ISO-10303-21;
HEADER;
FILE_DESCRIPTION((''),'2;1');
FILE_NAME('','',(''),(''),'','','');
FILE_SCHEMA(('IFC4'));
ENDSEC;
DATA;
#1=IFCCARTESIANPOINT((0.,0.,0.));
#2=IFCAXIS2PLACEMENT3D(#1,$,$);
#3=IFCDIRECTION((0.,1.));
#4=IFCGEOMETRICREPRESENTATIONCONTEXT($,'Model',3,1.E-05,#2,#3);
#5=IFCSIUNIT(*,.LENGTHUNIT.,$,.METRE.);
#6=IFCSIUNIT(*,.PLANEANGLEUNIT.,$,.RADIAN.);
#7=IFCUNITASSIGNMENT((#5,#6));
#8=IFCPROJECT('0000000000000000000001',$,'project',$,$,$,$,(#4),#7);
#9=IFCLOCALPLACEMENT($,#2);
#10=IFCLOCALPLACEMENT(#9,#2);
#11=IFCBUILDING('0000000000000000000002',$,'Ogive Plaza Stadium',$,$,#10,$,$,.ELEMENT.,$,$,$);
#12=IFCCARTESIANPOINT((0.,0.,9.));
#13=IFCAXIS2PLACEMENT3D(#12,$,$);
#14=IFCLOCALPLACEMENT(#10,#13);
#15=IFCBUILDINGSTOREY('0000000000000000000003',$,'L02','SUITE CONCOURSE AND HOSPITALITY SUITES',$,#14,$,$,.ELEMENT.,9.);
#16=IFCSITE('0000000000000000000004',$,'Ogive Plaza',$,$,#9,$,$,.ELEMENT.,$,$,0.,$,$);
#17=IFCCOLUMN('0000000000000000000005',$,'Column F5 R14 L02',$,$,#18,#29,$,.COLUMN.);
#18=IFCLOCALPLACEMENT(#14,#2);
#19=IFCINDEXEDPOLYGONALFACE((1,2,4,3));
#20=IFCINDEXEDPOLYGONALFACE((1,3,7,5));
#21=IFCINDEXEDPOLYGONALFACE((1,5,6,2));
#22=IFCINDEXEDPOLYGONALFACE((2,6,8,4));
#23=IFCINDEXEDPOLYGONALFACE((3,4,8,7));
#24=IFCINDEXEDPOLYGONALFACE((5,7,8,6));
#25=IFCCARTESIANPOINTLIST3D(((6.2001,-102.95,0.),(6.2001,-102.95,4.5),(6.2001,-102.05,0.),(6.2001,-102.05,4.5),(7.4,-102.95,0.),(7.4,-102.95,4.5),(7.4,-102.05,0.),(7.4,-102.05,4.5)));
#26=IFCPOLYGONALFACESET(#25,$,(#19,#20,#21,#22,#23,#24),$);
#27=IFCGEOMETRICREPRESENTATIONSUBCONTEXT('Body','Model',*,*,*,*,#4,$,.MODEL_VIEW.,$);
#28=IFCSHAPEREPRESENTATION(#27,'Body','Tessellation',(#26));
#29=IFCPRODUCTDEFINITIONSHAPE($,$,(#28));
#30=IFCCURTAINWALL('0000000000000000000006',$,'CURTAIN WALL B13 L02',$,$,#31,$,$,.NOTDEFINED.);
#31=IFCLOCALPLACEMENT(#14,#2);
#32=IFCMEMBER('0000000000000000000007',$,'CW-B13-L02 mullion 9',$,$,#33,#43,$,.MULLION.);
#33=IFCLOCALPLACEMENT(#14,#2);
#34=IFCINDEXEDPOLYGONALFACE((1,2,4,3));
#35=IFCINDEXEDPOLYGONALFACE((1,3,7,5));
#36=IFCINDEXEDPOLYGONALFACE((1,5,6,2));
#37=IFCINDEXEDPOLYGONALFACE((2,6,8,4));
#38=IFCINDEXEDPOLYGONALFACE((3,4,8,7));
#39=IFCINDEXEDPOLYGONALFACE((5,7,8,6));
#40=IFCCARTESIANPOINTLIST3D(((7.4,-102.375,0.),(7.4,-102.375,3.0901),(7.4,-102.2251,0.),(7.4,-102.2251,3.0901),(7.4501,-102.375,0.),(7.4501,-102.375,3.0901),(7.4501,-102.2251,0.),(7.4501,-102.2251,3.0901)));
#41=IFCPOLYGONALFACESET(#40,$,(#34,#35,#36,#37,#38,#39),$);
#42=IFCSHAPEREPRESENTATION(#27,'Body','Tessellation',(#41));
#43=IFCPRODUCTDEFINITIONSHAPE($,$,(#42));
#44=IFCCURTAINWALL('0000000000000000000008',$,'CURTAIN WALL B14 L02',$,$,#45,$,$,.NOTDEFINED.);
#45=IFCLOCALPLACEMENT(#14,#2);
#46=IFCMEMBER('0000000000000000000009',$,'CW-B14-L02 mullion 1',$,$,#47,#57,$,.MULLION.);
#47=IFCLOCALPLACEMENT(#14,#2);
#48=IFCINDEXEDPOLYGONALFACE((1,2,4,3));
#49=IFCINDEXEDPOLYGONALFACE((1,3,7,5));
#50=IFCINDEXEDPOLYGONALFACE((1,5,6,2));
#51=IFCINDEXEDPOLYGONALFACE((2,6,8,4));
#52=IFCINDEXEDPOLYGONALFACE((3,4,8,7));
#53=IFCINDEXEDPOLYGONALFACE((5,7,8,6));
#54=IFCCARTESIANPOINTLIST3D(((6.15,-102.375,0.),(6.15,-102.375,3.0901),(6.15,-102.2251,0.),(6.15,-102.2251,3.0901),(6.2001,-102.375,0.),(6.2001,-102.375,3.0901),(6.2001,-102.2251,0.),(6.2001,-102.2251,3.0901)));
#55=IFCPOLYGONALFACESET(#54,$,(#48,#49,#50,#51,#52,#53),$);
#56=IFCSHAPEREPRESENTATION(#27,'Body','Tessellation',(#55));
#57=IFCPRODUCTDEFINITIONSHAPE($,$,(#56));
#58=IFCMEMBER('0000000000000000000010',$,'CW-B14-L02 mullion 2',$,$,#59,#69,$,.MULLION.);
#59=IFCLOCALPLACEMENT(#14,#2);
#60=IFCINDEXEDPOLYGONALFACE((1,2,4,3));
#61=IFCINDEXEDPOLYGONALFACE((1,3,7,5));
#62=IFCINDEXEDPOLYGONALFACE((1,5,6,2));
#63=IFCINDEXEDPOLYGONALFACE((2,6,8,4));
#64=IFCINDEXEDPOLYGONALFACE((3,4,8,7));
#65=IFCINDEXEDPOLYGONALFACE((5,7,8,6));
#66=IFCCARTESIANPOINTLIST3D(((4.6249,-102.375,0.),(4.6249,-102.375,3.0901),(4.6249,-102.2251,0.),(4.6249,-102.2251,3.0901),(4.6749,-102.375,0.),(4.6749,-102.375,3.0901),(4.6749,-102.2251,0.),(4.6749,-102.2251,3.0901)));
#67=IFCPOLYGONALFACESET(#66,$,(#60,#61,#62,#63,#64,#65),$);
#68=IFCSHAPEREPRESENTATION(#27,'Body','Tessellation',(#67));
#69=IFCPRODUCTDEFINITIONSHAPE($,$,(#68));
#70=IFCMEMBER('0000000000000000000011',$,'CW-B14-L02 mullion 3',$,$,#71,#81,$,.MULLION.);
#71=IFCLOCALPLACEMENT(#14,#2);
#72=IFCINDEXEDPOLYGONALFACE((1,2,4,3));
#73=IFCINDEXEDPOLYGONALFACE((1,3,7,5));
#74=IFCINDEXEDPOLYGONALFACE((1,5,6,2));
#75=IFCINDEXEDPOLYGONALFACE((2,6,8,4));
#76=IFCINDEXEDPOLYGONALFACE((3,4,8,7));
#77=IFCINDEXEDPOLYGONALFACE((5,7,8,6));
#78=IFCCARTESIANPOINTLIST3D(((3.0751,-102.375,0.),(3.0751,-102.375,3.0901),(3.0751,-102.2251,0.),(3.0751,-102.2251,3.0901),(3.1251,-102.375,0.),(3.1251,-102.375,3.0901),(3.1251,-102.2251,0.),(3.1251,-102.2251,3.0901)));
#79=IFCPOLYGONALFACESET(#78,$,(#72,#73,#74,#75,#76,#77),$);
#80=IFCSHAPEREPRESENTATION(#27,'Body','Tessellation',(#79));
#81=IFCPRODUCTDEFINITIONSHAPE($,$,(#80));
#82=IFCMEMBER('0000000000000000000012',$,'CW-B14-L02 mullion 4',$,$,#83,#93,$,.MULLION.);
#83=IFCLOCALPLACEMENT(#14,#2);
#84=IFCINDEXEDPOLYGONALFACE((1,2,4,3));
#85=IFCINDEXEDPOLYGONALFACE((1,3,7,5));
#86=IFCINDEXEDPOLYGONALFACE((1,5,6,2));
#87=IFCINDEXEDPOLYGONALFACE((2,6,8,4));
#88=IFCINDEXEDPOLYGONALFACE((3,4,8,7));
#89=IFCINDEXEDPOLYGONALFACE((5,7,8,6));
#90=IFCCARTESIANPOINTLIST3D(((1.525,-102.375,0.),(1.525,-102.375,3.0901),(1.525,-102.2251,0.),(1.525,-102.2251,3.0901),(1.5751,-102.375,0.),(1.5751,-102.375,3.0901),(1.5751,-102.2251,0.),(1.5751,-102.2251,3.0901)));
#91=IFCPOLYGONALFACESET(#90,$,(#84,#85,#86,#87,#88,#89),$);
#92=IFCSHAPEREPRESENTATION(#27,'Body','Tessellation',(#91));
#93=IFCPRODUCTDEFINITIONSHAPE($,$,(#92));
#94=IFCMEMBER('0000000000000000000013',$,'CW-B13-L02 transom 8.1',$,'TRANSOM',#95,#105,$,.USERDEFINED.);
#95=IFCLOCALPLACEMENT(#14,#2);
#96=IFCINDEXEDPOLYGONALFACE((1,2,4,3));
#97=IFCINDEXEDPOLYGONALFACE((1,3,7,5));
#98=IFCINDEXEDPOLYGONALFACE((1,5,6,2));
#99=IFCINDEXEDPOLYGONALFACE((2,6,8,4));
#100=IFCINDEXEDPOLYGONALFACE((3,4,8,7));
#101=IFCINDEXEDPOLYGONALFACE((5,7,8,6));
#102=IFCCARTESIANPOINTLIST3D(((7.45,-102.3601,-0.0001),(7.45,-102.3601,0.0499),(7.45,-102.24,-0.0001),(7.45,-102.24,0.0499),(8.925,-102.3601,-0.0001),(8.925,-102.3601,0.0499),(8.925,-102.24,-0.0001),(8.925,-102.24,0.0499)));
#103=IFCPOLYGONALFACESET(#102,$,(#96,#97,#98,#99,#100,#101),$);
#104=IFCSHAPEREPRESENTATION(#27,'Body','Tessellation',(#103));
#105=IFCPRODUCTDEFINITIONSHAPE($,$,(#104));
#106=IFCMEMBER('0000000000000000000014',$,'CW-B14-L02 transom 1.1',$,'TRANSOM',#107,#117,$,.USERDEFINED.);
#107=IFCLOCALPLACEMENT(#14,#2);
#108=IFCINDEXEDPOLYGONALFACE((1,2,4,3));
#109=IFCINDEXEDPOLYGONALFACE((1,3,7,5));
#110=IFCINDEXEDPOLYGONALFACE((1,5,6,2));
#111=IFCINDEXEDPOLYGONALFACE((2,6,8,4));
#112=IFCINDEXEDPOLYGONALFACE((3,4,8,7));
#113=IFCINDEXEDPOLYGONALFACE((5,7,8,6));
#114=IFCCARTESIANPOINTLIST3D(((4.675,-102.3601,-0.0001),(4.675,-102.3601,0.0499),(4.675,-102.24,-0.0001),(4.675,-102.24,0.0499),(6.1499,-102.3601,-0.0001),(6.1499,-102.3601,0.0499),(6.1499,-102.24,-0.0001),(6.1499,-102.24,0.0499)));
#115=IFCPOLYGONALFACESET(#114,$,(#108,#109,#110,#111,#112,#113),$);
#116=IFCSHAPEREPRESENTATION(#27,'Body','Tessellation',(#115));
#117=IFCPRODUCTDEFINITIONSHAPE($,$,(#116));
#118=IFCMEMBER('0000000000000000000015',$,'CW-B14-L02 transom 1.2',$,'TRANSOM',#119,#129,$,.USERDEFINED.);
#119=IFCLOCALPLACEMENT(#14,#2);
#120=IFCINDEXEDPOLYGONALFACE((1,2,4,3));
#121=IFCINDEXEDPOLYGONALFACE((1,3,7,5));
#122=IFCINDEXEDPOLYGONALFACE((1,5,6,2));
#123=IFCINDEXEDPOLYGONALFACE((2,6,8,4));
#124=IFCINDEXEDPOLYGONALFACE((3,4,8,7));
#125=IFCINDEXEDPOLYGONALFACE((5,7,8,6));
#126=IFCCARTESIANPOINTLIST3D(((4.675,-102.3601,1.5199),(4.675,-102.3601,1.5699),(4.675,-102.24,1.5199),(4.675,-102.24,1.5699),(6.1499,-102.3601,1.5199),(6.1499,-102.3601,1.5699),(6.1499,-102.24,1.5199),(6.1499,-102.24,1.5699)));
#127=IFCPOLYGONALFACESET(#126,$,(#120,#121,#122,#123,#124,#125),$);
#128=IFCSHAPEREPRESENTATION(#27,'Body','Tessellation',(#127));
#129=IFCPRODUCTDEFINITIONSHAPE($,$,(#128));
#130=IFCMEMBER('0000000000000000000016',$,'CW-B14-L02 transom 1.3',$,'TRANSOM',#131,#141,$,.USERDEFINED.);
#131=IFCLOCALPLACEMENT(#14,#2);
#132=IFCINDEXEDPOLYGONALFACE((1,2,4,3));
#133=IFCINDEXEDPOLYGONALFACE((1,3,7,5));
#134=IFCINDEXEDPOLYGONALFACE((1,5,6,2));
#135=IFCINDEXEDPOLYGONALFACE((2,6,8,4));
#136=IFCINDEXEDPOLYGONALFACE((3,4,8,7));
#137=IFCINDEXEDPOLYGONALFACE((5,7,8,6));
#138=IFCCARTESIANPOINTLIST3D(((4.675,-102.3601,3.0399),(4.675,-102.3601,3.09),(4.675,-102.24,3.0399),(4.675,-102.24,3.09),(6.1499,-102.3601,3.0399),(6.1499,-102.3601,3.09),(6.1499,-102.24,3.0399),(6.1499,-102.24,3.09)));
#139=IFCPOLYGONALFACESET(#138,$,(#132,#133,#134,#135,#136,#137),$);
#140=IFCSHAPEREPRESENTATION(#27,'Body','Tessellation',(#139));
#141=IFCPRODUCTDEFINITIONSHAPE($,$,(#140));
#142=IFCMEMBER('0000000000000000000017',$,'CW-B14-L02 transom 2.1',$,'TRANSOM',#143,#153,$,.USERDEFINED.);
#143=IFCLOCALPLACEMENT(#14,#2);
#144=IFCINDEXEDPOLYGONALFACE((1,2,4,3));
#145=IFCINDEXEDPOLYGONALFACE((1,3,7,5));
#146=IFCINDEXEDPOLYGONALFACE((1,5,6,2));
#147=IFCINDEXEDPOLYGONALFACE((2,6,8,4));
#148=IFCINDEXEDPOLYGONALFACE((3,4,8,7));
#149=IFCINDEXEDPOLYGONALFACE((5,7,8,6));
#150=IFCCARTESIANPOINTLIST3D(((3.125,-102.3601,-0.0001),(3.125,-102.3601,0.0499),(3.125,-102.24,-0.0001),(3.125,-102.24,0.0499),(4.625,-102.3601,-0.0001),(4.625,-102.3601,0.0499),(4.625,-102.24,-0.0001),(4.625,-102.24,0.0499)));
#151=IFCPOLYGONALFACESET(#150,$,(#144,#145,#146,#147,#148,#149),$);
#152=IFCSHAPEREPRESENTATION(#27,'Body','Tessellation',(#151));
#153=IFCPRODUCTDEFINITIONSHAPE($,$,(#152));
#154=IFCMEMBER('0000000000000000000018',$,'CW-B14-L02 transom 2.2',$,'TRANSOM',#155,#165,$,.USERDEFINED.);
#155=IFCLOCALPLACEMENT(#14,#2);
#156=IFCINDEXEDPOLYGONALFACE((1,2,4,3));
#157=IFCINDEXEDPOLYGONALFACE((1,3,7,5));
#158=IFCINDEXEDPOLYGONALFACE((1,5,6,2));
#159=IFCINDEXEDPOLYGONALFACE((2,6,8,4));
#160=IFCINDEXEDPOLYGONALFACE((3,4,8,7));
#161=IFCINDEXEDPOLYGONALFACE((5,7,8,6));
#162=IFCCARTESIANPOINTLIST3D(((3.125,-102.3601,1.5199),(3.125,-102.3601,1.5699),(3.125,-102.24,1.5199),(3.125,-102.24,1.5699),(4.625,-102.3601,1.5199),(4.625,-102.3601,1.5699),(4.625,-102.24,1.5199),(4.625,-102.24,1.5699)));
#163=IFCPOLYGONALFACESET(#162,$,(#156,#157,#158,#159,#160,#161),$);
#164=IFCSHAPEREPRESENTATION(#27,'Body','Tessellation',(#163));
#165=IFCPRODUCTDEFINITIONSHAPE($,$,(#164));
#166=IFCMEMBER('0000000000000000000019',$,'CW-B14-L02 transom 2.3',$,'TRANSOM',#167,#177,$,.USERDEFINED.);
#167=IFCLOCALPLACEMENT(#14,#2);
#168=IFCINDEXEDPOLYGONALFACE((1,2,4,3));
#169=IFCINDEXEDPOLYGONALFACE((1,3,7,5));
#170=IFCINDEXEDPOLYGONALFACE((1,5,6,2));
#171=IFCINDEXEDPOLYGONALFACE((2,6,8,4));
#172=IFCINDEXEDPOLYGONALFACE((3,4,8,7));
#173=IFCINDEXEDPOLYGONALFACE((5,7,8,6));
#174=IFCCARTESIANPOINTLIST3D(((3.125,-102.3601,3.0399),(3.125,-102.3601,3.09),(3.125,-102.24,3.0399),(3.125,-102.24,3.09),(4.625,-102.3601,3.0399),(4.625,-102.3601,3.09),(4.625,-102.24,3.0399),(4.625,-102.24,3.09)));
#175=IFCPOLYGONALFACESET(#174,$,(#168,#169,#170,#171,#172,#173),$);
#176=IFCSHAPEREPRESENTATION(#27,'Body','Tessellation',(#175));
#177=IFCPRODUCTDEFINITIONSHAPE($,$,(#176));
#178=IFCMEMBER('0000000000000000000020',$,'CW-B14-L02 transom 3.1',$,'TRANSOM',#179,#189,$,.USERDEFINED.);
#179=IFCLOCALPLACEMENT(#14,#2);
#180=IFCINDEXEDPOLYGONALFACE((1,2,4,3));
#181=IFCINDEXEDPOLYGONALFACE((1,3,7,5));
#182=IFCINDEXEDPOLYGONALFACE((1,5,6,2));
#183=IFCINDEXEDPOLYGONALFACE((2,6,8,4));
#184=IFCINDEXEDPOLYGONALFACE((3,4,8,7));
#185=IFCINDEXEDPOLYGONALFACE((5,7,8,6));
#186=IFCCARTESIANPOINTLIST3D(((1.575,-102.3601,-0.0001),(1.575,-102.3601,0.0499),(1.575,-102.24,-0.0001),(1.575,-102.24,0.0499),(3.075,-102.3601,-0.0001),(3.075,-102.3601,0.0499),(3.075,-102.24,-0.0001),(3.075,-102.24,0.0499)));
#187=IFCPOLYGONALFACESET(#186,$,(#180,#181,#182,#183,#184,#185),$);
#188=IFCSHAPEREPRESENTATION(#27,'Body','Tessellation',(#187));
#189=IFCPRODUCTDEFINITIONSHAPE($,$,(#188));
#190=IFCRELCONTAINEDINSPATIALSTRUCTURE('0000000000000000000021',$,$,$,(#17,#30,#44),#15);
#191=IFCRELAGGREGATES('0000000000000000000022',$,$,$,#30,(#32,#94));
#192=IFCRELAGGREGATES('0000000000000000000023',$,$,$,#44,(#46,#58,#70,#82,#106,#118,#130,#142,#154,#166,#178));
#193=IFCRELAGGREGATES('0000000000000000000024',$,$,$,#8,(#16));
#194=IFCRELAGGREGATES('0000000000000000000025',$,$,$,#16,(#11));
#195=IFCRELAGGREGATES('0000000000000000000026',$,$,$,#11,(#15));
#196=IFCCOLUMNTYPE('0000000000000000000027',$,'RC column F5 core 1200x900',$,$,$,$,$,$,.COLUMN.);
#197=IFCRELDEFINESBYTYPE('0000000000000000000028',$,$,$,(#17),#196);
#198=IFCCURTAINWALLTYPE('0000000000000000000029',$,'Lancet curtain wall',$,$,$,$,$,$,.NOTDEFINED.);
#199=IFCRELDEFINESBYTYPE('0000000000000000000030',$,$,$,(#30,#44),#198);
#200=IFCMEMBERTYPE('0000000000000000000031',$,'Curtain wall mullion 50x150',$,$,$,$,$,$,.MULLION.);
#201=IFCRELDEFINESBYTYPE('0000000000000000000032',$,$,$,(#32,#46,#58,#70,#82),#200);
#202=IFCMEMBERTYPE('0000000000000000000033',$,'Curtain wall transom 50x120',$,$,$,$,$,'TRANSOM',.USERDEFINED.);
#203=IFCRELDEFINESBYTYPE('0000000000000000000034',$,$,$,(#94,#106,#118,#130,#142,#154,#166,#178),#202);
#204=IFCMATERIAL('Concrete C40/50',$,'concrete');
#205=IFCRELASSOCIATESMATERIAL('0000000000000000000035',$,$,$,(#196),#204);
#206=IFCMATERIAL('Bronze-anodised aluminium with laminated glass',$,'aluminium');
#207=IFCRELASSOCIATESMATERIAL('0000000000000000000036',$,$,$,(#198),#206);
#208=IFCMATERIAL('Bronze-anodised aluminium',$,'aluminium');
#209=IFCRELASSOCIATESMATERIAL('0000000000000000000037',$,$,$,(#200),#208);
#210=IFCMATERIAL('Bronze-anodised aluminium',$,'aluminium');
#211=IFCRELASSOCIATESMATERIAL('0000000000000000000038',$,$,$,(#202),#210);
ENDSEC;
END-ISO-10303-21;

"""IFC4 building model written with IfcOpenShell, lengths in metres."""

from ifc_helpers import new_model, si_unit, direction, frame, origin, origin_2d, place, context, subcontext, project, spatial, rectangle, extrude, material, material_profile, profile_set, type_object, element, aggregate, save


model = new_model("IFC4")

# Units and contexts
model_context = context("Model", 3, precision=1e-05, world=origin(), true_north=direction((0.0, 1.0)))
body_context = subcontext(model_context, "Body", "Model", "MODEL_VIEW")
ifc_project = project(units=[si_unit("LENGTHUNIT", "METRE"), si_unit("PLANEANGLEUNIT", "RADIAN")], contexts=[model_context])

# Site, building, storey
site_placement = place(None, origin())
site = spatial("IfcSite", under=ifc_project, at=site_placement, Name="Ogive Plaza", CompositionType="ELEMENT", RefElevation=0.0)
building_placement = place(site_placement, origin())
building = spatial("IfcBuilding", under=site, at=building_placement, Name="Ogive Plaza Stadium", CompositionType="ELEMENT")
storey_placement = place(building_placement, frame((0.0, 0.0, 9.0)))
storey = spatial("IfcBuildingStorey", under=building, at=storey_placement, Name="L02", Description="SUITE CONCOURSE AND HOSPITALITY SUITES", CompositionType="ELEMENT", Elevation=9.0)

# Column
ifc_material_1 = material(Name="Concrete C40/50", Category="concrete")
ifc_material_profile_1 = material_profile(ifc_material_1, rectangle(XDim=1.2, YDim=0.8999, at=origin_2d()), Name="RC 1200x900")
ifc_profile_set_1 = profile_set([ifc_material_profile_1], Name="Concrete C40/50")
column_type = type_object("IfcColumnType", Name="RC column F5 core 1200x900", PredefinedType="COLUMN", material=ifc_profile_set_1)
column_placement = place(storey_placement, frame((6.8, -102.5, 0.0), z_axis=(0.0, 0.0, 1.0), x_axis=(1.0, 0.0, 0.0)))
element("IfcColumn", 1, at=column_placement, inside=storey, type_object=column_type, Name="Column F5 R14 L02", PredefinedType="COLUMN", context=body_context, shape_type="SweptSolid", body=[
    extrude(rectangle(XDim=1.2, YDim=0.8999, at=origin_2d()), origin(), (0.0, 0.0, 1.0), 4.5),
])

# Curtain wall, member
ifc_material_2 = material(Name="Bronze-anodised aluminium with laminated glass", Category="aluminium")
curtain_wall_type = type_object("IfcCurtainWallType", Name="Lancet curtain wall", PredefinedType="NOTDEFINED", material=ifc_material_2)
curtain_wall_1_placement = place(storey_placement, origin())
curtain_wall_1 = element("IfcCurtainWall", 2, at=curtain_wall_1_placement, inside=storey, type_object=curtain_wall_type, Name="CURTAIN WALL B13 L02", PredefinedType="NOTDEFINED")
ifc_material_3 = material(Name="Bronze-anodised aluminium", Category="aluminium")
ifc_material_profile_2 = material_profile(ifc_material_3, rectangle(XDim=0.1499, YDim=0.05, at=origin_2d()), Name="AL 150x50")
ifc_profile_set_2 = profile_set([ifc_material_profile_2], Name="Bronze-anodised aluminium")
member_type_1 = type_object("IfcMemberType", Name="Curtain wall mullion 50x150", PredefinedType="MULLION", material=ifc_profile_set_2)
member_1_placement = place(storey_placement, frame((7.425, -102.3, 0.0), z_axis=(0.0, 0.0, 1.0), x_axis=(0.0, -1.0, 0.0)))
member_1 = element("IfcMember", 3, at=member_1_placement, type_object=member_type_1, Name="CW-B13-L02 mullion 9", PredefinedType="MULLION", context=body_context, shape_type="SweptSolid", body=[
    extrude(rectangle(XDim=0.1499, YDim=0.05, at=origin_2d()), origin(), (0.0, 0.0, 1.0), 3.0901),
])

# Curtain wall, members
curtain_wall_2_placement = place(storey_placement, origin())
curtain_wall_2 = element("IfcCurtainWall", 4, at=curtain_wall_2_placement, inside=storey, type_object=curtain_wall_type, Name="CURTAIN WALL B14 L02", PredefinedType="NOTDEFINED")
member_2_placement = place(storey_placement, frame((6.175, -102.3, 0.0), z_axis=(0.0, 0.0, 1.0), x_axis=(0.0, -1.0, 0.0)))
member_2 = element("IfcMember", 5, at=member_2_placement, type_object=member_type_1, Name="CW-B14-L02 mullion 1", PredefinedType="MULLION", context=body_context, shape_type="SweptSolid", body=[
    extrude(rectangle(XDim=0.1499, YDim=0.05, at=origin_2d()), origin(), (0.0, 0.0, 1.0), 3.0901),
])
member_3_placement = place(storey_placement, frame((4.6499, -102.3, 0.0), z_axis=(0.0, 0.0, 1.0), x_axis=(0.0, -1.0, 0.0)))
member_3 = element("IfcMember", 6, at=member_3_placement, type_object=member_type_1, Name="CW-B14-L02 mullion 2", PredefinedType="MULLION", context=body_context, shape_type="SweptSolid", body=[
    extrude(rectangle(XDim=0.1499, YDim=0.05, at=origin_2d()), origin(), (0.0, 0.0, 1.0), 3.0901),
])
member_4_placement = place(storey_placement, frame((3.1001, -102.3, 0.0), z_axis=(0.0, 0.0, 1.0), x_axis=(0.0, -1.0, 0.0)))
member_4 = element("IfcMember", 7, at=member_4_placement, type_object=member_type_1, Name="CW-B14-L02 mullion 3", PredefinedType="MULLION", context=body_context, shape_type="SweptSolid", body=[
    extrude(rectangle(XDim=0.1499, YDim=0.05, at=origin_2d()), origin(), (0.0, 0.0, 1.0), 3.0901),
])
member_5_placement = place(storey_placement, frame((1.55, -102.3, 0.0), z_axis=(0.0, 0.0, 1.0), x_axis=(0.0, -1.0, 0.0)))
member_5 = element("IfcMember", 8, at=member_5_placement, type_object=member_type_1, Name="CW-B14-L02 mullion 4", PredefinedType="MULLION", context=body_context, shape_type="SweptSolid", body=[
    extrude(rectangle(XDim=0.1499, YDim=0.05, at=origin_2d()), origin(), (0.0, 0.0, 1.0), 3.0901),
])

# Members
ifc_material_4 = material(Name="Bronze-anodised aluminium", Category="aluminium")
ifc_material_profile_3 = material_profile(ifc_material_4, rectangle(XDim=0.1201, YDim=0.05, at=origin_2d()), Name="AL 120x50")
ifc_profile_set_3 = profile_set([ifc_material_profile_3], Name="Bronze-anodised aluminium")
member_type_2 = type_object("IfcMemberType", Name="Curtain wall transom 50x120", ElementType="TRANSOM", PredefinedType="USERDEFINED", material=ifc_profile_set_3)
member_6_placement = place(storey_placement, frame((8.925, -102.3, 0.0249), z_axis=(-1.0, 0.0, 0.0), x_axis=(0.0, -1.0, 0.0)))
member_6 = element("IfcMember", 9, at=member_6_placement, type_object=member_type_2, Name="CW-B13-L02 transom 8.1", ObjectType="TRANSOM", PredefinedType="USERDEFINED", context=body_context, shape_type="SweptSolid", body=[
    extrude(rectangle(XDim=0.1201, YDim=0.05, at=origin_2d()), origin(), (0.0, 0.0, 1.0), 1.4751),
])
member_7_placement = place(storey_placement, frame((6.1499, -102.3, 0.0249), z_axis=(-1.0, 0.0, 0.0), x_axis=(0.0, -1.0, 0.0)))
member_7 = element("IfcMember", 10, at=member_7_placement, type_object=member_type_2, Name="CW-B14-L02 transom 1.1", ObjectType="TRANSOM", PredefinedType="USERDEFINED", context=body_context, shape_type="SweptSolid", body=[
    extrude(rectangle(XDim=0.1201, YDim=0.05, at=origin_2d()), origin(), (0.0, 0.0, 1.0), 1.4749),
])
member_8_placement = place(storey_placement, frame((6.1499, -102.3, 1.5449), z_axis=(-1.0, 0.0, 0.0), x_axis=(0.0, -1.0, 0.0)))
member_8 = element("IfcMember", 11, at=member_8_placement, type_object=member_type_2, Name="CW-B14-L02 transom 1.2", ObjectType="TRANSOM", PredefinedType="USERDEFINED", context=body_context, shape_type="SweptSolid", body=[
    extrude(rectangle(XDim=0.1201, YDim=0.05, at=origin_2d()), origin(), (0.0, 0.0, 1.0), 1.4749),
])
member_9_placement = place(storey_placement, frame((6.1499, -102.3, 3.0649), z_axis=(-1.0, 0.0, 0.0), x_axis=(0.0, -1.0, 0.0)))
member_9 = element("IfcMember", 12, at=member_9_placement, type_object=member_type_2, Name="CW-B14-L02 transom 1.3", ObjectType="TRANSOM", PredefinedType="USERDEFINED", context=body_context, shape_type="SweptSolid", body=[
    extrude(rectangle(XDim=0.1201, YDim=0.05, at=origin_2d()), origin(), (0.0, 0.0, 1.0), 1.4749),
])
member_10_placement = place(storey_placement, frame((4.625, -102.3, 0.0249), z_axis=(-1.0, 0.0, 0.0), x_axis=(0.0, -1.0, 0.0)))
member_10 = element("IfcMember", 13, at=member_10_placement, type_object=member_type_2, Name="CW-B14-L02 transom 2.1", ObjectType="TRANSOM", PredefinedType="USERDEFINED", context=body_context, shape_type="SweptSolid", body=[
    extrude(rectangle(XDim=0.1201, YDim=0.05, at=origin_2d()), origin(), (0.0, 0.0, 1.0), 1.5),
])
member_11_placement = place(storey_placement, frame((4.625, -102.3, 1.5449), z_axis=(-1.0, 0.0, 0.0), x_axis=(0.0, -1.0, 0.0)))
member_11 = element("IfcMember", 14, at=member_11_placement, type_object=member_type_2, Name="CW-B14-L02 transom 2.2", ObjectType="TRANSOM", PredefinedType="USERDEFINED", context=body_context, shape_type="SweptSolid", body=[
    extrude(rectangle(XDim=0.1201, YDim=0.05, at=origin_2d()), origin(), (0.0, 0.0, 1.0), 1.5),
])
member_12_placement = place(storey_placement, frame((4.625, -102.3, 3.0649), z_axis=(-1.0, 0.0, 0.0), x_axis=(0.0, -1.0, 0.0)))
member_12 = element("IfcMember", 15, at=member_12_placement, type_object=member_type_2, Name="CW-B14-L02 transom 2.3", ObjectType="TRANSOM", PredefinedType="USERDEFINED", context=body_context, shape_type="SweptSolid", body=[
    extrude(rectangle(XDim=0.1201, YDim=0.05, at=origin_2d()), origin(), (0.0, 0.0, 1.0), 1.5),
])
member_13_placement = place(storey_placement, frame((3.075, -102.3, 0.0249), z_axis=(-1.0, 0.0, 0.0), x_axis=(0.0, -1.0, 0.0)))
member_13 = element("IfcMember", 16, at=member_13_placement, type_object=member_type_2, Name="CW-B14-L02 transom 3.1", ObjectType="TRANSOM", PredefinedType="USERDEFINED", context=body_context, shape_type="SweptSolid", body=[
    extrude(rectangle(XDim=0.1201, YDim=0.05, at=origin_2d()), origin(), (0.0, 0.0, 1.0), 1.5),
])

aggregate(curtain_wall_1, [member_1, member_6])
aggregate(curtain_wall_2, [member_2, member_3, member_4, member_5, member_7, member_8, member_9, member_10, member_11, member_12, member_13])

save(model, "model.ifc")
